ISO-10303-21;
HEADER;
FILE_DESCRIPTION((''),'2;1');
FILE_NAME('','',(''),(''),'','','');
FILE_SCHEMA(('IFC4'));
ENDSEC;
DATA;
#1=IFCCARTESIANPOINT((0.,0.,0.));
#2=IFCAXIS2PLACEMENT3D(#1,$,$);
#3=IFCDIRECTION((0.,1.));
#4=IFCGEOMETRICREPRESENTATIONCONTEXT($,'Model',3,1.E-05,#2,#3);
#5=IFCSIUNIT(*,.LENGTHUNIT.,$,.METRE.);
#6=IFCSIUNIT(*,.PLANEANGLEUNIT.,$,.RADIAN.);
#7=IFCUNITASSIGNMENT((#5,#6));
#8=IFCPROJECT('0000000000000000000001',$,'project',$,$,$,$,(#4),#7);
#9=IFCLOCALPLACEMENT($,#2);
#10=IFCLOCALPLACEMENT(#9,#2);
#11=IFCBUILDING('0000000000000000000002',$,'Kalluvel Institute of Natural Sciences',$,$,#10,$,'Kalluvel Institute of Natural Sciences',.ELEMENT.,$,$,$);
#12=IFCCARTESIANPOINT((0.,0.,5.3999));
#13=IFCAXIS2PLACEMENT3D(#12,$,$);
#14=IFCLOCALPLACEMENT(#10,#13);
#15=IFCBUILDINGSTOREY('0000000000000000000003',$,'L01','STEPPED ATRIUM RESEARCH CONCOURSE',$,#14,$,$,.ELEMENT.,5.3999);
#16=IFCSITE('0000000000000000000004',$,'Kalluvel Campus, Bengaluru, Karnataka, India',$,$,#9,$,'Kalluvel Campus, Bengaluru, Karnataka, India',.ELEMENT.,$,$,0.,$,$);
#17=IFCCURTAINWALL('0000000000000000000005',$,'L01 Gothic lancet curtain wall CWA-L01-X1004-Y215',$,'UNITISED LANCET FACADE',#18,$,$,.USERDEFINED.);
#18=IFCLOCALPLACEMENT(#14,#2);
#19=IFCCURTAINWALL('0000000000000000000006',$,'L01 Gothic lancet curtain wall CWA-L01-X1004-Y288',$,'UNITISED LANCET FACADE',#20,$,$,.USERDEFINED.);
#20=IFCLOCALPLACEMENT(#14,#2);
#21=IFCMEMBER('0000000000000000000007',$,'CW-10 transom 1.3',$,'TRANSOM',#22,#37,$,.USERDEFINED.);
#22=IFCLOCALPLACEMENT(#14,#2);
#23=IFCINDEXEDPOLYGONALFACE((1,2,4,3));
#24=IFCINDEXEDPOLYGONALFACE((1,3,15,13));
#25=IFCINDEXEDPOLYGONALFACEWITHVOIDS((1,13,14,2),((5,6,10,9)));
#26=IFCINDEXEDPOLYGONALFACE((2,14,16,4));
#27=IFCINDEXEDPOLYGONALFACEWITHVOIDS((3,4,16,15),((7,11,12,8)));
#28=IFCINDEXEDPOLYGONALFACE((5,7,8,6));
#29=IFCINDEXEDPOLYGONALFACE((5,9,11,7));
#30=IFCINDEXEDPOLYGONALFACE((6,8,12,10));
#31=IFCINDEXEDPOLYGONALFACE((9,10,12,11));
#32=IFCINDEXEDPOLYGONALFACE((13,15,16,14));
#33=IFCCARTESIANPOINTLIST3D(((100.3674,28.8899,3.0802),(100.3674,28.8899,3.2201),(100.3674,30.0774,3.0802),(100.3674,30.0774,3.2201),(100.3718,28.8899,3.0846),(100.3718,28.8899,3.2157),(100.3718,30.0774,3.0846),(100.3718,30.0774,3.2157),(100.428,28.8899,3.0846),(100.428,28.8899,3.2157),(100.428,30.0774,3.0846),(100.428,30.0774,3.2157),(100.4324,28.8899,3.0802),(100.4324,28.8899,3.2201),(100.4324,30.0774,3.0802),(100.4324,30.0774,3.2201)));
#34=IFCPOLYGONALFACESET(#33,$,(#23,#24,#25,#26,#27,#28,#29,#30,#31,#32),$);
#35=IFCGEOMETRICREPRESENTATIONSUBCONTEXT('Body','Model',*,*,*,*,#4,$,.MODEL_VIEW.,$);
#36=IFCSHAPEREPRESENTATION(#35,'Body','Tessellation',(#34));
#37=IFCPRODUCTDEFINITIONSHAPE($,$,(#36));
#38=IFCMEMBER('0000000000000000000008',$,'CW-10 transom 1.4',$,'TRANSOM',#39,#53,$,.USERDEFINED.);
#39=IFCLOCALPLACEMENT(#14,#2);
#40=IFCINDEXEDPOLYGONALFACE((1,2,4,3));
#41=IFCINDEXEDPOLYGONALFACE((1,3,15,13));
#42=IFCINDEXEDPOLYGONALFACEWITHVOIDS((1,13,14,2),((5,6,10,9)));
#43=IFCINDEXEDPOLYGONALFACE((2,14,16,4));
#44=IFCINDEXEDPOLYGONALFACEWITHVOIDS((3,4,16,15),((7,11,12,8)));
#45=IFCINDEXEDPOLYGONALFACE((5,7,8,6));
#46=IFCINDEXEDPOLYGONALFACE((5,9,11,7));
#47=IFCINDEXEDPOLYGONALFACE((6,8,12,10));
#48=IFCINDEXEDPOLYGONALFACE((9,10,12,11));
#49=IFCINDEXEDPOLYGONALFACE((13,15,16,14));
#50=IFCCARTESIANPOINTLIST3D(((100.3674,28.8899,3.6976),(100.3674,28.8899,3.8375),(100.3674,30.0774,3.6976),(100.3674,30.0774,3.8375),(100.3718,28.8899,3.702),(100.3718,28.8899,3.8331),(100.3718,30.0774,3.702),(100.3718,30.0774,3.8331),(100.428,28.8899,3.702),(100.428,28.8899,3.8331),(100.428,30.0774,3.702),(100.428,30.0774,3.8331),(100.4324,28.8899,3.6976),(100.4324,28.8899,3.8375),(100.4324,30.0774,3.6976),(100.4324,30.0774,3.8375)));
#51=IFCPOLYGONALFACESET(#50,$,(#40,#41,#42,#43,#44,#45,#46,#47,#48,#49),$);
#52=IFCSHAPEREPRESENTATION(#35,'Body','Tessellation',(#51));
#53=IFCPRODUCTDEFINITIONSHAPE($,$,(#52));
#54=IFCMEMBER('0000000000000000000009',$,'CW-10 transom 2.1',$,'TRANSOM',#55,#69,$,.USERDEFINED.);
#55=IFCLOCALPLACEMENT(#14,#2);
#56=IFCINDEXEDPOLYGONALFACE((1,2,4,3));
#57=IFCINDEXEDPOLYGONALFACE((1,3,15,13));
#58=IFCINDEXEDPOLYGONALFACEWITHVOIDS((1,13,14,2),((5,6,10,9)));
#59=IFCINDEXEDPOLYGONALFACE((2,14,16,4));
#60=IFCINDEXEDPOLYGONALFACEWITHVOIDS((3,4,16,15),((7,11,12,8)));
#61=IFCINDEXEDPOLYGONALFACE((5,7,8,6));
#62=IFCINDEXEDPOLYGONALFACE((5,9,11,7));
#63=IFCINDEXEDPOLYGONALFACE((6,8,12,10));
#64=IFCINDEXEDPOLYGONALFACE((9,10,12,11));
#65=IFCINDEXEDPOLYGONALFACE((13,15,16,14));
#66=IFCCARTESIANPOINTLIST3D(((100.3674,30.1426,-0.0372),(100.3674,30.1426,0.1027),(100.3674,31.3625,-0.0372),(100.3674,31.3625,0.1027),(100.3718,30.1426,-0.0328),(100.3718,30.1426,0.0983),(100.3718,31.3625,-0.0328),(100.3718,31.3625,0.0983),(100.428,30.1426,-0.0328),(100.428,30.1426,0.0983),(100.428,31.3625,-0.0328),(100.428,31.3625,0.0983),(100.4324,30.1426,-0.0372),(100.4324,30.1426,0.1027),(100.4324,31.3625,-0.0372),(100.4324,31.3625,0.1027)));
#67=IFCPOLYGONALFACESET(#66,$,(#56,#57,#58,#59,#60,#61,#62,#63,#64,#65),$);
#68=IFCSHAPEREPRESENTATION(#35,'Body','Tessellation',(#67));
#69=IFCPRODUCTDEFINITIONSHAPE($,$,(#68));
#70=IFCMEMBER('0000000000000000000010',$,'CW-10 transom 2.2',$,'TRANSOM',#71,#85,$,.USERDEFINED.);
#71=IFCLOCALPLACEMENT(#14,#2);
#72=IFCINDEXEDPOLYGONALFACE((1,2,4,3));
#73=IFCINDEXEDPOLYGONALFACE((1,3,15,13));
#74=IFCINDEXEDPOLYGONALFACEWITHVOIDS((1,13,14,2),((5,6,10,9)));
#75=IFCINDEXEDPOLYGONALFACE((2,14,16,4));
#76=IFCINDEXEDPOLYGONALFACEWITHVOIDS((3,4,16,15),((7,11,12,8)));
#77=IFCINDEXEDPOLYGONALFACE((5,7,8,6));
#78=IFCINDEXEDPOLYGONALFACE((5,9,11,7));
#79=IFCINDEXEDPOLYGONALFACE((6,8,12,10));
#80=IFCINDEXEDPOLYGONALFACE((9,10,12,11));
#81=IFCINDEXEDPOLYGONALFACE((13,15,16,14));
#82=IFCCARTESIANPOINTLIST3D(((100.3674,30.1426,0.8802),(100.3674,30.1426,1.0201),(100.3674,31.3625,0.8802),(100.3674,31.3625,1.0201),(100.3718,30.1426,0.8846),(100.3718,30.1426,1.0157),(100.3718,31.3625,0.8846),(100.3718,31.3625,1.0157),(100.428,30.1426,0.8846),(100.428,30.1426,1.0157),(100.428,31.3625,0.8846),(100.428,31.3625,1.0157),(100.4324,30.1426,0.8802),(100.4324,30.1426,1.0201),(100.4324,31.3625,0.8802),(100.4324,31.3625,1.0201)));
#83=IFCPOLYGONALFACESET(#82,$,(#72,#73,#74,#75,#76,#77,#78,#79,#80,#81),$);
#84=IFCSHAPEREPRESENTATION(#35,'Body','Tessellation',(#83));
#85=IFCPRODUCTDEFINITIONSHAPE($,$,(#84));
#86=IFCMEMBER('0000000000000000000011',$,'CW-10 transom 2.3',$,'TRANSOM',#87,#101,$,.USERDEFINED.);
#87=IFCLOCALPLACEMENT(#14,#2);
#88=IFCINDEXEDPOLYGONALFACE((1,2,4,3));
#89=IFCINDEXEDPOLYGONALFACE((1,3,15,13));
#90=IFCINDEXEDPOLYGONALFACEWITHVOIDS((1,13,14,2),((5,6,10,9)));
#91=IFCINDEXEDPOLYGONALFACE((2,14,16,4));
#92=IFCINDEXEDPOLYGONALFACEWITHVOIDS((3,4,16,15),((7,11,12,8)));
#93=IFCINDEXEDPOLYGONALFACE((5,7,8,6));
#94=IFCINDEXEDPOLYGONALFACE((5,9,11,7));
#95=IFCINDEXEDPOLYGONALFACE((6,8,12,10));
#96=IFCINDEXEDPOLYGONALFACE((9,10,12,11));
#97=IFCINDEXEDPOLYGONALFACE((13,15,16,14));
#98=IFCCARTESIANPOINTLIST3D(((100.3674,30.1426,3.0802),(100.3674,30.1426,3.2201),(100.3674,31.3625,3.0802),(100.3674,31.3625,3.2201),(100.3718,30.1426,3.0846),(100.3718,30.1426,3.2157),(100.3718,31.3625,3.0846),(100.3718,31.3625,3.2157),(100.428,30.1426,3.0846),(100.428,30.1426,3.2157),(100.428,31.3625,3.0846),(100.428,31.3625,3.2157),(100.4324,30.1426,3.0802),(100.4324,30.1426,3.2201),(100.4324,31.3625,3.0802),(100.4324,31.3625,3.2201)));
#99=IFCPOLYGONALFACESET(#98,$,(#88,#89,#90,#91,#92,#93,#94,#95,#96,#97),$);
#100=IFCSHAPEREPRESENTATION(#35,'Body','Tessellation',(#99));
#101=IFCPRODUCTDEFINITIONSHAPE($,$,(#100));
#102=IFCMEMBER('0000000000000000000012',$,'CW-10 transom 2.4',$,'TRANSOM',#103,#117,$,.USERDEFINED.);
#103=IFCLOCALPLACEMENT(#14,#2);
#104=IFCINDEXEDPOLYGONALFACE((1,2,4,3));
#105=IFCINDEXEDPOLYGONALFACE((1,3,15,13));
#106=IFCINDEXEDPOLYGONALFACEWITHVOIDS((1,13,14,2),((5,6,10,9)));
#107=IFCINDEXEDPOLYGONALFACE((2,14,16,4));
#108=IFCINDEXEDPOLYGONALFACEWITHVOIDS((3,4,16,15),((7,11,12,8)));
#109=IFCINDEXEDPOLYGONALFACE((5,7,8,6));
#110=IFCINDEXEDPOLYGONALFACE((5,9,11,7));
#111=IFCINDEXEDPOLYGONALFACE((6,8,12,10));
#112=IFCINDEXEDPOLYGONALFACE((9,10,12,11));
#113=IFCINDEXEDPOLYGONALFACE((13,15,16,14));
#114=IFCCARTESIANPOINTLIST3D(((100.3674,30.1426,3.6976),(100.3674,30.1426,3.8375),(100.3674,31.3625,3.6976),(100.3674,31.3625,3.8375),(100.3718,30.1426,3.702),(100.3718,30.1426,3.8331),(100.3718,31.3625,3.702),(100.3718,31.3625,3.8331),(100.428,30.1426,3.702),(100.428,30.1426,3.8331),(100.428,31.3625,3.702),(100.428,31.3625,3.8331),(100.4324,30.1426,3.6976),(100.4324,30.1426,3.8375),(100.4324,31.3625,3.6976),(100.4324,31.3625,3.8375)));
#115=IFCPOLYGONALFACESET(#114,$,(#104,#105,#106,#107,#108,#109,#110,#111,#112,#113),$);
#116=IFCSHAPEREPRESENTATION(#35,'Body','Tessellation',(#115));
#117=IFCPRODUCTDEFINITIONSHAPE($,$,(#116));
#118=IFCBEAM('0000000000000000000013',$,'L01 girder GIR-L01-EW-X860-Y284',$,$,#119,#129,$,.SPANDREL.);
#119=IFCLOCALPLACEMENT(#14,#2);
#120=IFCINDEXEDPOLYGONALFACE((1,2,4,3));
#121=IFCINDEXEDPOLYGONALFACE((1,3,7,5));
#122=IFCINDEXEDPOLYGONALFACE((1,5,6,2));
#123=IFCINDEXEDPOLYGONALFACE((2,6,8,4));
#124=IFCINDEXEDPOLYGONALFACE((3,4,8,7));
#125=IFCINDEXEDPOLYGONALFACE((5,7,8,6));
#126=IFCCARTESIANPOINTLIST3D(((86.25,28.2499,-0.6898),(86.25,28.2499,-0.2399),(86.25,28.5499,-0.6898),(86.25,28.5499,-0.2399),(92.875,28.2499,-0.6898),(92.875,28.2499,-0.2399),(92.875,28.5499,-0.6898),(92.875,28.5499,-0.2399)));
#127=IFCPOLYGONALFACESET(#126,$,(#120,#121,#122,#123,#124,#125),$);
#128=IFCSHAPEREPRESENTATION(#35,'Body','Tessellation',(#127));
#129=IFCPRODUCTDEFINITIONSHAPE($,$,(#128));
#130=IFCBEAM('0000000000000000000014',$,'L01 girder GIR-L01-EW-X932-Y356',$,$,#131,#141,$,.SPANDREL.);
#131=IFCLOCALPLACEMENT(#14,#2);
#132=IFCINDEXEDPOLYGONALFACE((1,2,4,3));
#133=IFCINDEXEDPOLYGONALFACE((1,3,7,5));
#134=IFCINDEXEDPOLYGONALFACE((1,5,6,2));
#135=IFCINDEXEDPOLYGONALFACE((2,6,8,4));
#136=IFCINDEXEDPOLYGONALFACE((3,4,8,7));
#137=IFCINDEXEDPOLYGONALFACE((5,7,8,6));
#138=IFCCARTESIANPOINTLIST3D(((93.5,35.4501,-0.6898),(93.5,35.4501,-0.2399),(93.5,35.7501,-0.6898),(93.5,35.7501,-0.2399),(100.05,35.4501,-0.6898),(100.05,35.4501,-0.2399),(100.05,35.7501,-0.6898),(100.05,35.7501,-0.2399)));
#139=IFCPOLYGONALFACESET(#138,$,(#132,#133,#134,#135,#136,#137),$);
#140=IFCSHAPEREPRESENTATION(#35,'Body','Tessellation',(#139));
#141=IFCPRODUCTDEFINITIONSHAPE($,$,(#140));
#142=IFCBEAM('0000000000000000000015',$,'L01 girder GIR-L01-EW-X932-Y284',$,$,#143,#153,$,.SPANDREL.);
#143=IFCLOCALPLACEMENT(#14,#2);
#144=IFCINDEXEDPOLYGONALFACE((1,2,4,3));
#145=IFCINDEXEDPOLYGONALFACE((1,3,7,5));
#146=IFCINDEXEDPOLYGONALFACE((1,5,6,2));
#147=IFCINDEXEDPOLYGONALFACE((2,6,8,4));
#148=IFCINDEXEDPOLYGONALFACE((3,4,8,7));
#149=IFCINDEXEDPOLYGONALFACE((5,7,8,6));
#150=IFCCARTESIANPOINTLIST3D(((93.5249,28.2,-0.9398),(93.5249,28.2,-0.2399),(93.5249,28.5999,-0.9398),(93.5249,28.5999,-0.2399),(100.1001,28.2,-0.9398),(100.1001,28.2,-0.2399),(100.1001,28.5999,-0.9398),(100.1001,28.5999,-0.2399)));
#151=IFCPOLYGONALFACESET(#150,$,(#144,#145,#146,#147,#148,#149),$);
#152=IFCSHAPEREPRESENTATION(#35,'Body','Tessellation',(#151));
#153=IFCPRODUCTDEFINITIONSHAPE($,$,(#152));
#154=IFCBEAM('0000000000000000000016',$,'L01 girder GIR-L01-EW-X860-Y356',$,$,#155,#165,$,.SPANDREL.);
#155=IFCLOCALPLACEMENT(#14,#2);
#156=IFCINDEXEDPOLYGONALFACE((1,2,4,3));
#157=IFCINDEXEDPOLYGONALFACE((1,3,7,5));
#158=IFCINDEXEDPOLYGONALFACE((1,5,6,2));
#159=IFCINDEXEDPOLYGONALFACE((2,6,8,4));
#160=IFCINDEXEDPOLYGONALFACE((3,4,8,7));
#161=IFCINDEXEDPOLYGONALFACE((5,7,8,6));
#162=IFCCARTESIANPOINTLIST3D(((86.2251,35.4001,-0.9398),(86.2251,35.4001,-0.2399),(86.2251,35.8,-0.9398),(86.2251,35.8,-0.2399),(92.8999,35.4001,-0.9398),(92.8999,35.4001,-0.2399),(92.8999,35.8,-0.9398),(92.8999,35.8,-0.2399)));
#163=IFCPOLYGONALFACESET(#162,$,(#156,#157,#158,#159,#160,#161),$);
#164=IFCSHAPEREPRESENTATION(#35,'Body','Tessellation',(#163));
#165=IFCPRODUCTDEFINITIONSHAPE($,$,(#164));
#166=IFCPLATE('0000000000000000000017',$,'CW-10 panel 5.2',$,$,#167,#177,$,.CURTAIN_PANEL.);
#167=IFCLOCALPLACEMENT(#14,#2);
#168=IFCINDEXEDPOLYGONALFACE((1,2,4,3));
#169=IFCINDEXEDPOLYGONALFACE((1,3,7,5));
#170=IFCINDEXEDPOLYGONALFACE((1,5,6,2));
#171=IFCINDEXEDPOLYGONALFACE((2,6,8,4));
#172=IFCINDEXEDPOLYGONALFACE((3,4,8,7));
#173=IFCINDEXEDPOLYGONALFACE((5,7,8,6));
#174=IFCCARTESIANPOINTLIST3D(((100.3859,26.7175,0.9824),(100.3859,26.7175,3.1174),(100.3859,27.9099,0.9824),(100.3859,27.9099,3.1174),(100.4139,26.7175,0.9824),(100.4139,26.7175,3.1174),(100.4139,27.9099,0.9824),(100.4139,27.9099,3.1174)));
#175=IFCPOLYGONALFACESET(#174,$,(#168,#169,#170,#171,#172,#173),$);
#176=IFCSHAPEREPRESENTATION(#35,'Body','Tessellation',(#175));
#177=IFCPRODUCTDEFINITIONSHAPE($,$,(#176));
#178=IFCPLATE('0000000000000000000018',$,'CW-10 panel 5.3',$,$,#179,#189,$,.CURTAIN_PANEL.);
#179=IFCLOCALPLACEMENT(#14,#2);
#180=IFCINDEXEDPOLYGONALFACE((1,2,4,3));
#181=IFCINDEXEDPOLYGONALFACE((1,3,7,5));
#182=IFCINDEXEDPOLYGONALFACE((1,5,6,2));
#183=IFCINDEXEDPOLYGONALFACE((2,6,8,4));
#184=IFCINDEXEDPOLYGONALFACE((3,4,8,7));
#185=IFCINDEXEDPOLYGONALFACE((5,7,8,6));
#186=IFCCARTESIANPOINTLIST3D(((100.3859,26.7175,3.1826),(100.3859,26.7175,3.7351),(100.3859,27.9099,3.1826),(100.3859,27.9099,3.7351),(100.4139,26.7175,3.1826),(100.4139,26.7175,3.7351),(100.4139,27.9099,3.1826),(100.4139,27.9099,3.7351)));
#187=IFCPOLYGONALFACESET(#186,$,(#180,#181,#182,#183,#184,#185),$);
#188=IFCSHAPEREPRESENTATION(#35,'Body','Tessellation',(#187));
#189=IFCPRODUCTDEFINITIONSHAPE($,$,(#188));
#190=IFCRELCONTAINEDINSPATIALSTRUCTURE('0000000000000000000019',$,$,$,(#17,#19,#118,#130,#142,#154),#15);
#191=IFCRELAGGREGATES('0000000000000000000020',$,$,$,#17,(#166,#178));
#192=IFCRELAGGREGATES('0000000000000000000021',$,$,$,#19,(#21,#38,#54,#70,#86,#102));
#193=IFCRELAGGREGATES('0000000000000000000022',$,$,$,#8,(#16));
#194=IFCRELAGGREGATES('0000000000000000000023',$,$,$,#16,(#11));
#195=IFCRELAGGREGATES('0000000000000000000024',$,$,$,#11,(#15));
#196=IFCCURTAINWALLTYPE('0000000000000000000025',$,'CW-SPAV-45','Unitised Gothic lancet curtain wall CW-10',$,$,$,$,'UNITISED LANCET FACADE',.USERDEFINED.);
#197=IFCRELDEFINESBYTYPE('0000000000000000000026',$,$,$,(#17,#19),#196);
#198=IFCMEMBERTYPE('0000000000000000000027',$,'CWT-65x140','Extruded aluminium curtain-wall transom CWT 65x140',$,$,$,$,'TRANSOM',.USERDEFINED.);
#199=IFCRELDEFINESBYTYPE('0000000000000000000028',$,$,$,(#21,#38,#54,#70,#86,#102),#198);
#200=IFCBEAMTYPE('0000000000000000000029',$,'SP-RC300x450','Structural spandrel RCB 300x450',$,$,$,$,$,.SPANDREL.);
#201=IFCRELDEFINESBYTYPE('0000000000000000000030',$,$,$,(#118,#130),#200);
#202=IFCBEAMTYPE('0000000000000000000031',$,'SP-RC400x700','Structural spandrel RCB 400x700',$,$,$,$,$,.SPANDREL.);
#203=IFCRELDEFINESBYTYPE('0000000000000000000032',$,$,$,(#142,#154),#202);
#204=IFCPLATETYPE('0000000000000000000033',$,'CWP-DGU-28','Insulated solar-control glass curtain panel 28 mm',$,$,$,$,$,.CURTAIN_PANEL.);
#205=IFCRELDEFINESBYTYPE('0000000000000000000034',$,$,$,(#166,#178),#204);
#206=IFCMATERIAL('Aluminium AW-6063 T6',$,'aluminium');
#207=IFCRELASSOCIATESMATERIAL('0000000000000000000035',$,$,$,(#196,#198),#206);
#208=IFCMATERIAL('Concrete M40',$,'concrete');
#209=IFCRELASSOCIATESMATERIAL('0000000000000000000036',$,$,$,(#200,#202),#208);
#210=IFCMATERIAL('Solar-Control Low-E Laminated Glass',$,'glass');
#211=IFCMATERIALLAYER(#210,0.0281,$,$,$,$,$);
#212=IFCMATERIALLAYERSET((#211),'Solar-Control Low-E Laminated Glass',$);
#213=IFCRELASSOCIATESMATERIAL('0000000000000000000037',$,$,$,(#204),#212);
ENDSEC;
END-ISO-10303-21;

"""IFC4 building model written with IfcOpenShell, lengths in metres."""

from ifc_helpers import new_model, si_unit, direction, frame, origin, origin_2d, place, context, subcontext, project, spatial, rectangle, hollow_rectangle, extrude, material, layer, layer_set, material_profile, profile_set, type_object, element, aggregate, save


model = new_model("IFC4")

# Units and contexts
model_context = context("Model", 3, precision=1e-05, world=origin(), true_north=direction((0.0, 1.0)))
body_context = subcontext(model_context, "Body", "Model", "MODEL_VIEW")
ifc_project = project(units=[si_unit("LENGTHUNIT", "METRE"), si_unit("PLANEANGLEUNIT", "RADIAN")], contexts=[model_context])

# Site, building, storey
site_placement = place(None, origin())
site = spatial("IfcSite", under=ifc_project, at=site_placement, Name="Kalluvel Campus, Bengaluru, Karnataka, India", LongName="Kalluvel Campus, Bengaluru, Karnataka, India", CompositionType="ELEMENT", RefElevation=0.0)
building_placement = place(site_placement, origin())
building = spatial("IfcBuilding", under=site, at=building_placement, Name="Kalluvel Institute of Natural Sciences", LongName="Kalluvel Institute of Natural Sciences", CompositionType="ELEMENT")
storey_placement = place(building_placement, frame((0.0, 0.0, 5.3999)))
storey = spatial("IfcBuildingStorey", under=building, at=storey_placement, Name="L01", Description="STEPPED ATRIUM RESEARCH CONCOURSE", CompositionType="ELEMENT", Elevation=5.3999)

# Shared definitions
ifc_material_1 = material(Name="Concrete M40", Category="concrete")

# Curtain wall
ifc_material_2 = material(Name="Aluminium AW-6063 T6", Category="aluminium")
curtain_wall_type = type_object("IfcCurtainWallType", Name="CW-SPAV-45", Description="Unitised Gothic lancet curtain wall CW-10", ElementType="UNITISED LANCET FACADE", PredefinedType="USERDEFINED", material=ifc_material_2)
curtain_wall_1_placement = place(storey_placement, origin())
curtain_wall_1 = element("IfcCurtainWall", 1, at=curtain_wall_1_placement, inside=storey, type_object=curtain_wall_type, Name="L01 Gothic lancet curtain wall CWA-L01-X1004-Y215", ObjectType="UNITISED LANCET FACADE", PredefinedType="USERDEFINED")

# Curtain wall, members
curtain_wall_2_placement = place(storey_placement, origin())
curtain_wall_2 = element("IfcCurtainWall", 2, at=curtain_wall_2_placement, inside=storey, type_object=curtain_wall_type, Name="L01 Gothic lancet curtain wall CWA-L01-X1004-Y288", ObjectType="UNITISED LANCET FACADE", PredefinedType="USERDEFINED")
ifc_material_profile_1 = material_profile(ifc_material_2, hollow_rectangle(XDim=0.0649, YDim=0.1399, WallThickness=0.0044, at=origin_2d()), Name="CWT 65x140")
ifc_profile_set_1 = profile_set([ifc_material_profile_1], Name="Aluminium AW-6063 T6")
member_type_1 = type_object("IfcMemberType", Name="CWT-65x140", Description="Extruded aluminium curtain-wall transom CWT 65x140", ElementType="TRANSOM", PredefinedType="USERDEFINED", material=ifc_profile_set_1)
member_1_placement = place(storey_placement, frame((100.3999, 28.8899, 3.1501), z_axis=(0.0, 1.0, 0.0), x_axis=(-1.0, 0.0, 0.0)))
member_1 = element("IfcMember", 3, at=member_1_placement, type_object=member_type_1, Name="CW-10 transom 1.3", ObjectType="TRANSOM", PredefinedType="USERDEFINED", context=body_context, shape_type="SweptSolid", body=[
    extrude(hollow_rectangle(XDim=0.0649, YDim=0.1399, WallThickness=0.0044, at=origin_2d()), origin(), (0.0, 0.0, 1.0), 1.1875),
])
member_2_placement = place(storey_placement, frame((100.3999, 28.8899, 3.7676), z_axis=(0.0, 1.0, 0.0), x_axis=(-1.0, 0.0, 0.0)))
member_2 = element("IfcMember", 4, at=member_2_placement, type_object=member_type_1, Name="CW-10 transom 1.4", ObjectType="TRANSOM", PredefinedType="USERDEFINED", context=body_context, shape_type="SweptSolid", body=[
    extrude(hollow_rectangle(XDim=0.0649, YDim=0.1399, WallThickness=0.0044, at=origin_2d()), origin(), (0.0, 0.0, 1.0), 1.1875),
])
member_3_placement = place(storey_placement, frame((100.3999, 30.1426, 0.0327), z_axis=(0.0, 1.0, 0.0), x_axis=(-1.0, 0.0, 0.0)))
member_3 = element("IfcMember", 5, at=member_3_placement, type_object=member_type_1, Name="CW-10 transom 2.1", ObjectType="TRANSOM", PredefinedType="USERDEFINED", context=body_context, shape_type="SweptSolid", body=[
    extrude(hollow_rectangle(XDim=0.0649, YDim=0.1399, WallThickness=0.0044, at=origin_2d()), origin(), (0.0, 0.0, 1.0), 1.22),
])
member_4_placement = place(storey_placement, frame((100.3999, 30.1426, 0.9502), z_axis=(0.0, 1.0, 0.0), x_axis=(-1.0, 0.0, 0.0)))
member_4 = element("IfcMember", 6, at=member_4_placement, type_object=member_type_1, Name="CW-10 transom 2.2", ObjectType="TRANSOM", PredefinedType="USERDEFINED", context=body_context, shape_type="SweptSolid", body=[
    extrude(hollow_rectangle(XDim=0.0649, YDim=0.1399, WallThickness=0.0044, at=origin_2d()), origin(), (0.0, 0.0, 1.0), 1.22),
])
member_5_placement = place(storey_placement, frame((100.3999, 30.1426, 3.1501), z_axis=(0.0, 1.0, 0.0), x_axis=(-1.0, 0.0, 0.0)))
member_5 = element("IfcMember", 7, at=member_5_placement, type_object=member_type_1, Name="CW-10 transom 2.3", ObjectType="TRANSOM", PredefinedType="USERDEFINED", context=body_context, shape_type="SweptSolid", body=[
    extrude(hollow_rectangle(XDim=0.0649, YDim=0.1399, WallThickness=0.0044, at=origin_2d()), origin(), (0.0, 0.0, 1.0), 1.22),
])
member_6_placement = place(storey_placement, frame((100.3999, 30.1426, 3.7676), z_axis=(0.0, 1.0, 0.0), x_axis=(-1.0, 0.0, 0.0)))
member_6 = element("IfcMember", 8, at=member_6_placement, type_object=member_type_1, Name="CW-10 transom 2.4", ObjectType="TRANSOM", PredefinedType="USERDEFINED", context=body_context, shape_type="SweptSolid", body=[
    extrude(hollow_rectangle(XDim=0.0649, YDim=0.1399, WallThickness=0.0044, at=origin_2d()), origin(), (0.0, 0.0, 1.0), 1.22),
])

# Beams
ifc_material_profile_2 = material_profile(ifc_material_1, rectangle(XDim=0.3, YDim=0.45, at=origin_2d()), Name="RCB 300x450")
ifc_profile_set_2 = profile_set([ifc_material_profile_2], Name="Concrete M40")
beam_type_1 = type_object("IfcBeamType", Name="SP-RC300x450", Description="Structural spandrel RCB 300x450", PredefinedType="SPANDREL", material=ifc_profile_set_2)
beam_1_placement = place(storey_placement, frame((86.25, 28.3999, -0.4648), z_axis=(1.0, 0.0, 0.0), x_axis=(0.0, 1.0, 0.0)))
element("IfcBeam", 9, at=beam_1_placement, inside=storey, type_object=beam_type_1, Name="L01 girder GIR-L01-EW-X860-Y284", PredefinedType="SPANDREL", context=body_context, shape_type="SweptSolid", body=[
    extrude(rectangle(XDim=0.3, YDim=0.45, at=origin_2d()), origin(), (0.0, 0.0, 1.0), 6.625),
])
beam_2_placement = place(storey_placement, frame((93.5, 35.6001, -0.4648), z_axis=(1.0, 0.0, 0.0), x_axis=(0.0, 1.0, 0.0)))
element("IfcBeam", 10, at=beam_2_placement, inside=storey, type_object=beam_type_1, Name="L01 girder GIR-L01-EW-X932-Y356", PredefinedType="SPANDREL", context=body_context, shape_type="SweptSolid", body=[
    extrude(rectangle(XDim=0.3, YDim=0.45, at=origin_2d()), origin(), (0.0, 0.0, 1.0), 6.55),
])
ifc_material_profile_3 = material_profile(ifc_material_1, rectangle(XDim=0.3999, YDim=0.7, at=origin_2d()), Name="RCB 400x700")
ifc_profile_set_3 = profile_set([ifc_material_profile_3], Name="Concrete M40")
beam_type_2 = type_object("IfcBeamType", Name="SP-RC400x700", Description="Structural spandrel RCB 400x700", PredefinedType="SPANDREL", material=ifc_profile_set_3)
beam_3_placement = place(storey_placement, frame((93.5249, 28.3999, -0.5898), z_axis=(1.0, 0.0, 0.0), x_axis=(0.0, 1.0, 0.0)))
element("IfcBeam", 11, at=beam_3_placement, inside=storey, type_object=beam_type_2, Name="L01 girder GIR-L01-EW-X932-Y284", PredefinedType="SPANDREL", context=body_context, shape_type="SweptSolid", body=[
    extrude(rectangle(XDim=0.3999, YDim=0.7, at=origin_2d()), origin(), (0.0, 0.0, 1.0), 6.5752),
])
beam_4_placement = place(storey_placement, frame((86.2251, 35.6001, -0.5898), z_axis=(1.0, 0.0, 0.0), x_axis=(0.0, 1.0, 0.0)))
element("IfcBeam", 12, at=beam_4_placement, inside=storey, type_object=beam_type_2, Name="L01 girder GIR-L01-EW-X860-Y356", PredefinedType="SPANDREL", context=body_context, shape_type="SweptSolid", body=[
    extrude(rectangle(XDim=0.3999, YDim=0.7, at=origin_2d()), origin(), (0.0, 0.0, 1.0), 6.6748),
])

# Plates
ifc_material_3 = material(Name="Solar-Control Low-E Laminated Glass", Category="glass")
ifc_layer = layer(ifc_material_3, 0.0281)
ifc_layer_set = layer_set([ifc_layer], Name="Solar-Control Low-E Laminated Glass")
plate_type = type_object("IfcPlateType", Name="CWP-DGU-28", Description="Insulated solar-control glass curtain panel 28 mm", PredefinedType="CURTAIN_PANEL", material=ifc_layer_set)
plate_1_placement = place(storey_placement, frame((100.3999, 27.3137, 0.9824), z_axis=(0.0, 0.0, 1.0), x_axis=(0.0, 1.0, 0.0)))
plate_1 = element("IfcPlate", 13, at=plate_1_placement, type_object=plate_type, Name="CW-10 panel 5.2", PredefinedType="CURTAIN_PANEL", context=body_context, shape_type="SweptSolid", body=[
    extrude(rectangle(XDim=1.1924, YDim=0.0281, at=origin_2d()), origin(), (0.0, 0.0, 1.0), 2.135),
])
plate_2_placement = place(storey_placement, frame((100.3999, 27.3137, 3.1826), z_axis=(0.0, 0.0, 1.0), x_axis=(0.0, 1.0, 0.0)))
plate_2 = element("IfcPlate", 14, at=plate_2_placement, type_object=plate_type, Name="CW-10 panel 5.3", PredefinedType="CURTAIN_PANEL", context=body_context, shape_type="SweptSolid", body=[
    extrude(rectangle(XDim=1.1924, YDim=0.0281, at=origin_2d()), origin(), (0.0, 0.0, 1.0), 0.5525),
])
aggregate(curtain_wall_1, [plate_1, plate_2])
aggregate(curtain_wall_2, [member_1, member_2, member_3, member_4, member_5, member_6])

save(model, "model.ifc")
